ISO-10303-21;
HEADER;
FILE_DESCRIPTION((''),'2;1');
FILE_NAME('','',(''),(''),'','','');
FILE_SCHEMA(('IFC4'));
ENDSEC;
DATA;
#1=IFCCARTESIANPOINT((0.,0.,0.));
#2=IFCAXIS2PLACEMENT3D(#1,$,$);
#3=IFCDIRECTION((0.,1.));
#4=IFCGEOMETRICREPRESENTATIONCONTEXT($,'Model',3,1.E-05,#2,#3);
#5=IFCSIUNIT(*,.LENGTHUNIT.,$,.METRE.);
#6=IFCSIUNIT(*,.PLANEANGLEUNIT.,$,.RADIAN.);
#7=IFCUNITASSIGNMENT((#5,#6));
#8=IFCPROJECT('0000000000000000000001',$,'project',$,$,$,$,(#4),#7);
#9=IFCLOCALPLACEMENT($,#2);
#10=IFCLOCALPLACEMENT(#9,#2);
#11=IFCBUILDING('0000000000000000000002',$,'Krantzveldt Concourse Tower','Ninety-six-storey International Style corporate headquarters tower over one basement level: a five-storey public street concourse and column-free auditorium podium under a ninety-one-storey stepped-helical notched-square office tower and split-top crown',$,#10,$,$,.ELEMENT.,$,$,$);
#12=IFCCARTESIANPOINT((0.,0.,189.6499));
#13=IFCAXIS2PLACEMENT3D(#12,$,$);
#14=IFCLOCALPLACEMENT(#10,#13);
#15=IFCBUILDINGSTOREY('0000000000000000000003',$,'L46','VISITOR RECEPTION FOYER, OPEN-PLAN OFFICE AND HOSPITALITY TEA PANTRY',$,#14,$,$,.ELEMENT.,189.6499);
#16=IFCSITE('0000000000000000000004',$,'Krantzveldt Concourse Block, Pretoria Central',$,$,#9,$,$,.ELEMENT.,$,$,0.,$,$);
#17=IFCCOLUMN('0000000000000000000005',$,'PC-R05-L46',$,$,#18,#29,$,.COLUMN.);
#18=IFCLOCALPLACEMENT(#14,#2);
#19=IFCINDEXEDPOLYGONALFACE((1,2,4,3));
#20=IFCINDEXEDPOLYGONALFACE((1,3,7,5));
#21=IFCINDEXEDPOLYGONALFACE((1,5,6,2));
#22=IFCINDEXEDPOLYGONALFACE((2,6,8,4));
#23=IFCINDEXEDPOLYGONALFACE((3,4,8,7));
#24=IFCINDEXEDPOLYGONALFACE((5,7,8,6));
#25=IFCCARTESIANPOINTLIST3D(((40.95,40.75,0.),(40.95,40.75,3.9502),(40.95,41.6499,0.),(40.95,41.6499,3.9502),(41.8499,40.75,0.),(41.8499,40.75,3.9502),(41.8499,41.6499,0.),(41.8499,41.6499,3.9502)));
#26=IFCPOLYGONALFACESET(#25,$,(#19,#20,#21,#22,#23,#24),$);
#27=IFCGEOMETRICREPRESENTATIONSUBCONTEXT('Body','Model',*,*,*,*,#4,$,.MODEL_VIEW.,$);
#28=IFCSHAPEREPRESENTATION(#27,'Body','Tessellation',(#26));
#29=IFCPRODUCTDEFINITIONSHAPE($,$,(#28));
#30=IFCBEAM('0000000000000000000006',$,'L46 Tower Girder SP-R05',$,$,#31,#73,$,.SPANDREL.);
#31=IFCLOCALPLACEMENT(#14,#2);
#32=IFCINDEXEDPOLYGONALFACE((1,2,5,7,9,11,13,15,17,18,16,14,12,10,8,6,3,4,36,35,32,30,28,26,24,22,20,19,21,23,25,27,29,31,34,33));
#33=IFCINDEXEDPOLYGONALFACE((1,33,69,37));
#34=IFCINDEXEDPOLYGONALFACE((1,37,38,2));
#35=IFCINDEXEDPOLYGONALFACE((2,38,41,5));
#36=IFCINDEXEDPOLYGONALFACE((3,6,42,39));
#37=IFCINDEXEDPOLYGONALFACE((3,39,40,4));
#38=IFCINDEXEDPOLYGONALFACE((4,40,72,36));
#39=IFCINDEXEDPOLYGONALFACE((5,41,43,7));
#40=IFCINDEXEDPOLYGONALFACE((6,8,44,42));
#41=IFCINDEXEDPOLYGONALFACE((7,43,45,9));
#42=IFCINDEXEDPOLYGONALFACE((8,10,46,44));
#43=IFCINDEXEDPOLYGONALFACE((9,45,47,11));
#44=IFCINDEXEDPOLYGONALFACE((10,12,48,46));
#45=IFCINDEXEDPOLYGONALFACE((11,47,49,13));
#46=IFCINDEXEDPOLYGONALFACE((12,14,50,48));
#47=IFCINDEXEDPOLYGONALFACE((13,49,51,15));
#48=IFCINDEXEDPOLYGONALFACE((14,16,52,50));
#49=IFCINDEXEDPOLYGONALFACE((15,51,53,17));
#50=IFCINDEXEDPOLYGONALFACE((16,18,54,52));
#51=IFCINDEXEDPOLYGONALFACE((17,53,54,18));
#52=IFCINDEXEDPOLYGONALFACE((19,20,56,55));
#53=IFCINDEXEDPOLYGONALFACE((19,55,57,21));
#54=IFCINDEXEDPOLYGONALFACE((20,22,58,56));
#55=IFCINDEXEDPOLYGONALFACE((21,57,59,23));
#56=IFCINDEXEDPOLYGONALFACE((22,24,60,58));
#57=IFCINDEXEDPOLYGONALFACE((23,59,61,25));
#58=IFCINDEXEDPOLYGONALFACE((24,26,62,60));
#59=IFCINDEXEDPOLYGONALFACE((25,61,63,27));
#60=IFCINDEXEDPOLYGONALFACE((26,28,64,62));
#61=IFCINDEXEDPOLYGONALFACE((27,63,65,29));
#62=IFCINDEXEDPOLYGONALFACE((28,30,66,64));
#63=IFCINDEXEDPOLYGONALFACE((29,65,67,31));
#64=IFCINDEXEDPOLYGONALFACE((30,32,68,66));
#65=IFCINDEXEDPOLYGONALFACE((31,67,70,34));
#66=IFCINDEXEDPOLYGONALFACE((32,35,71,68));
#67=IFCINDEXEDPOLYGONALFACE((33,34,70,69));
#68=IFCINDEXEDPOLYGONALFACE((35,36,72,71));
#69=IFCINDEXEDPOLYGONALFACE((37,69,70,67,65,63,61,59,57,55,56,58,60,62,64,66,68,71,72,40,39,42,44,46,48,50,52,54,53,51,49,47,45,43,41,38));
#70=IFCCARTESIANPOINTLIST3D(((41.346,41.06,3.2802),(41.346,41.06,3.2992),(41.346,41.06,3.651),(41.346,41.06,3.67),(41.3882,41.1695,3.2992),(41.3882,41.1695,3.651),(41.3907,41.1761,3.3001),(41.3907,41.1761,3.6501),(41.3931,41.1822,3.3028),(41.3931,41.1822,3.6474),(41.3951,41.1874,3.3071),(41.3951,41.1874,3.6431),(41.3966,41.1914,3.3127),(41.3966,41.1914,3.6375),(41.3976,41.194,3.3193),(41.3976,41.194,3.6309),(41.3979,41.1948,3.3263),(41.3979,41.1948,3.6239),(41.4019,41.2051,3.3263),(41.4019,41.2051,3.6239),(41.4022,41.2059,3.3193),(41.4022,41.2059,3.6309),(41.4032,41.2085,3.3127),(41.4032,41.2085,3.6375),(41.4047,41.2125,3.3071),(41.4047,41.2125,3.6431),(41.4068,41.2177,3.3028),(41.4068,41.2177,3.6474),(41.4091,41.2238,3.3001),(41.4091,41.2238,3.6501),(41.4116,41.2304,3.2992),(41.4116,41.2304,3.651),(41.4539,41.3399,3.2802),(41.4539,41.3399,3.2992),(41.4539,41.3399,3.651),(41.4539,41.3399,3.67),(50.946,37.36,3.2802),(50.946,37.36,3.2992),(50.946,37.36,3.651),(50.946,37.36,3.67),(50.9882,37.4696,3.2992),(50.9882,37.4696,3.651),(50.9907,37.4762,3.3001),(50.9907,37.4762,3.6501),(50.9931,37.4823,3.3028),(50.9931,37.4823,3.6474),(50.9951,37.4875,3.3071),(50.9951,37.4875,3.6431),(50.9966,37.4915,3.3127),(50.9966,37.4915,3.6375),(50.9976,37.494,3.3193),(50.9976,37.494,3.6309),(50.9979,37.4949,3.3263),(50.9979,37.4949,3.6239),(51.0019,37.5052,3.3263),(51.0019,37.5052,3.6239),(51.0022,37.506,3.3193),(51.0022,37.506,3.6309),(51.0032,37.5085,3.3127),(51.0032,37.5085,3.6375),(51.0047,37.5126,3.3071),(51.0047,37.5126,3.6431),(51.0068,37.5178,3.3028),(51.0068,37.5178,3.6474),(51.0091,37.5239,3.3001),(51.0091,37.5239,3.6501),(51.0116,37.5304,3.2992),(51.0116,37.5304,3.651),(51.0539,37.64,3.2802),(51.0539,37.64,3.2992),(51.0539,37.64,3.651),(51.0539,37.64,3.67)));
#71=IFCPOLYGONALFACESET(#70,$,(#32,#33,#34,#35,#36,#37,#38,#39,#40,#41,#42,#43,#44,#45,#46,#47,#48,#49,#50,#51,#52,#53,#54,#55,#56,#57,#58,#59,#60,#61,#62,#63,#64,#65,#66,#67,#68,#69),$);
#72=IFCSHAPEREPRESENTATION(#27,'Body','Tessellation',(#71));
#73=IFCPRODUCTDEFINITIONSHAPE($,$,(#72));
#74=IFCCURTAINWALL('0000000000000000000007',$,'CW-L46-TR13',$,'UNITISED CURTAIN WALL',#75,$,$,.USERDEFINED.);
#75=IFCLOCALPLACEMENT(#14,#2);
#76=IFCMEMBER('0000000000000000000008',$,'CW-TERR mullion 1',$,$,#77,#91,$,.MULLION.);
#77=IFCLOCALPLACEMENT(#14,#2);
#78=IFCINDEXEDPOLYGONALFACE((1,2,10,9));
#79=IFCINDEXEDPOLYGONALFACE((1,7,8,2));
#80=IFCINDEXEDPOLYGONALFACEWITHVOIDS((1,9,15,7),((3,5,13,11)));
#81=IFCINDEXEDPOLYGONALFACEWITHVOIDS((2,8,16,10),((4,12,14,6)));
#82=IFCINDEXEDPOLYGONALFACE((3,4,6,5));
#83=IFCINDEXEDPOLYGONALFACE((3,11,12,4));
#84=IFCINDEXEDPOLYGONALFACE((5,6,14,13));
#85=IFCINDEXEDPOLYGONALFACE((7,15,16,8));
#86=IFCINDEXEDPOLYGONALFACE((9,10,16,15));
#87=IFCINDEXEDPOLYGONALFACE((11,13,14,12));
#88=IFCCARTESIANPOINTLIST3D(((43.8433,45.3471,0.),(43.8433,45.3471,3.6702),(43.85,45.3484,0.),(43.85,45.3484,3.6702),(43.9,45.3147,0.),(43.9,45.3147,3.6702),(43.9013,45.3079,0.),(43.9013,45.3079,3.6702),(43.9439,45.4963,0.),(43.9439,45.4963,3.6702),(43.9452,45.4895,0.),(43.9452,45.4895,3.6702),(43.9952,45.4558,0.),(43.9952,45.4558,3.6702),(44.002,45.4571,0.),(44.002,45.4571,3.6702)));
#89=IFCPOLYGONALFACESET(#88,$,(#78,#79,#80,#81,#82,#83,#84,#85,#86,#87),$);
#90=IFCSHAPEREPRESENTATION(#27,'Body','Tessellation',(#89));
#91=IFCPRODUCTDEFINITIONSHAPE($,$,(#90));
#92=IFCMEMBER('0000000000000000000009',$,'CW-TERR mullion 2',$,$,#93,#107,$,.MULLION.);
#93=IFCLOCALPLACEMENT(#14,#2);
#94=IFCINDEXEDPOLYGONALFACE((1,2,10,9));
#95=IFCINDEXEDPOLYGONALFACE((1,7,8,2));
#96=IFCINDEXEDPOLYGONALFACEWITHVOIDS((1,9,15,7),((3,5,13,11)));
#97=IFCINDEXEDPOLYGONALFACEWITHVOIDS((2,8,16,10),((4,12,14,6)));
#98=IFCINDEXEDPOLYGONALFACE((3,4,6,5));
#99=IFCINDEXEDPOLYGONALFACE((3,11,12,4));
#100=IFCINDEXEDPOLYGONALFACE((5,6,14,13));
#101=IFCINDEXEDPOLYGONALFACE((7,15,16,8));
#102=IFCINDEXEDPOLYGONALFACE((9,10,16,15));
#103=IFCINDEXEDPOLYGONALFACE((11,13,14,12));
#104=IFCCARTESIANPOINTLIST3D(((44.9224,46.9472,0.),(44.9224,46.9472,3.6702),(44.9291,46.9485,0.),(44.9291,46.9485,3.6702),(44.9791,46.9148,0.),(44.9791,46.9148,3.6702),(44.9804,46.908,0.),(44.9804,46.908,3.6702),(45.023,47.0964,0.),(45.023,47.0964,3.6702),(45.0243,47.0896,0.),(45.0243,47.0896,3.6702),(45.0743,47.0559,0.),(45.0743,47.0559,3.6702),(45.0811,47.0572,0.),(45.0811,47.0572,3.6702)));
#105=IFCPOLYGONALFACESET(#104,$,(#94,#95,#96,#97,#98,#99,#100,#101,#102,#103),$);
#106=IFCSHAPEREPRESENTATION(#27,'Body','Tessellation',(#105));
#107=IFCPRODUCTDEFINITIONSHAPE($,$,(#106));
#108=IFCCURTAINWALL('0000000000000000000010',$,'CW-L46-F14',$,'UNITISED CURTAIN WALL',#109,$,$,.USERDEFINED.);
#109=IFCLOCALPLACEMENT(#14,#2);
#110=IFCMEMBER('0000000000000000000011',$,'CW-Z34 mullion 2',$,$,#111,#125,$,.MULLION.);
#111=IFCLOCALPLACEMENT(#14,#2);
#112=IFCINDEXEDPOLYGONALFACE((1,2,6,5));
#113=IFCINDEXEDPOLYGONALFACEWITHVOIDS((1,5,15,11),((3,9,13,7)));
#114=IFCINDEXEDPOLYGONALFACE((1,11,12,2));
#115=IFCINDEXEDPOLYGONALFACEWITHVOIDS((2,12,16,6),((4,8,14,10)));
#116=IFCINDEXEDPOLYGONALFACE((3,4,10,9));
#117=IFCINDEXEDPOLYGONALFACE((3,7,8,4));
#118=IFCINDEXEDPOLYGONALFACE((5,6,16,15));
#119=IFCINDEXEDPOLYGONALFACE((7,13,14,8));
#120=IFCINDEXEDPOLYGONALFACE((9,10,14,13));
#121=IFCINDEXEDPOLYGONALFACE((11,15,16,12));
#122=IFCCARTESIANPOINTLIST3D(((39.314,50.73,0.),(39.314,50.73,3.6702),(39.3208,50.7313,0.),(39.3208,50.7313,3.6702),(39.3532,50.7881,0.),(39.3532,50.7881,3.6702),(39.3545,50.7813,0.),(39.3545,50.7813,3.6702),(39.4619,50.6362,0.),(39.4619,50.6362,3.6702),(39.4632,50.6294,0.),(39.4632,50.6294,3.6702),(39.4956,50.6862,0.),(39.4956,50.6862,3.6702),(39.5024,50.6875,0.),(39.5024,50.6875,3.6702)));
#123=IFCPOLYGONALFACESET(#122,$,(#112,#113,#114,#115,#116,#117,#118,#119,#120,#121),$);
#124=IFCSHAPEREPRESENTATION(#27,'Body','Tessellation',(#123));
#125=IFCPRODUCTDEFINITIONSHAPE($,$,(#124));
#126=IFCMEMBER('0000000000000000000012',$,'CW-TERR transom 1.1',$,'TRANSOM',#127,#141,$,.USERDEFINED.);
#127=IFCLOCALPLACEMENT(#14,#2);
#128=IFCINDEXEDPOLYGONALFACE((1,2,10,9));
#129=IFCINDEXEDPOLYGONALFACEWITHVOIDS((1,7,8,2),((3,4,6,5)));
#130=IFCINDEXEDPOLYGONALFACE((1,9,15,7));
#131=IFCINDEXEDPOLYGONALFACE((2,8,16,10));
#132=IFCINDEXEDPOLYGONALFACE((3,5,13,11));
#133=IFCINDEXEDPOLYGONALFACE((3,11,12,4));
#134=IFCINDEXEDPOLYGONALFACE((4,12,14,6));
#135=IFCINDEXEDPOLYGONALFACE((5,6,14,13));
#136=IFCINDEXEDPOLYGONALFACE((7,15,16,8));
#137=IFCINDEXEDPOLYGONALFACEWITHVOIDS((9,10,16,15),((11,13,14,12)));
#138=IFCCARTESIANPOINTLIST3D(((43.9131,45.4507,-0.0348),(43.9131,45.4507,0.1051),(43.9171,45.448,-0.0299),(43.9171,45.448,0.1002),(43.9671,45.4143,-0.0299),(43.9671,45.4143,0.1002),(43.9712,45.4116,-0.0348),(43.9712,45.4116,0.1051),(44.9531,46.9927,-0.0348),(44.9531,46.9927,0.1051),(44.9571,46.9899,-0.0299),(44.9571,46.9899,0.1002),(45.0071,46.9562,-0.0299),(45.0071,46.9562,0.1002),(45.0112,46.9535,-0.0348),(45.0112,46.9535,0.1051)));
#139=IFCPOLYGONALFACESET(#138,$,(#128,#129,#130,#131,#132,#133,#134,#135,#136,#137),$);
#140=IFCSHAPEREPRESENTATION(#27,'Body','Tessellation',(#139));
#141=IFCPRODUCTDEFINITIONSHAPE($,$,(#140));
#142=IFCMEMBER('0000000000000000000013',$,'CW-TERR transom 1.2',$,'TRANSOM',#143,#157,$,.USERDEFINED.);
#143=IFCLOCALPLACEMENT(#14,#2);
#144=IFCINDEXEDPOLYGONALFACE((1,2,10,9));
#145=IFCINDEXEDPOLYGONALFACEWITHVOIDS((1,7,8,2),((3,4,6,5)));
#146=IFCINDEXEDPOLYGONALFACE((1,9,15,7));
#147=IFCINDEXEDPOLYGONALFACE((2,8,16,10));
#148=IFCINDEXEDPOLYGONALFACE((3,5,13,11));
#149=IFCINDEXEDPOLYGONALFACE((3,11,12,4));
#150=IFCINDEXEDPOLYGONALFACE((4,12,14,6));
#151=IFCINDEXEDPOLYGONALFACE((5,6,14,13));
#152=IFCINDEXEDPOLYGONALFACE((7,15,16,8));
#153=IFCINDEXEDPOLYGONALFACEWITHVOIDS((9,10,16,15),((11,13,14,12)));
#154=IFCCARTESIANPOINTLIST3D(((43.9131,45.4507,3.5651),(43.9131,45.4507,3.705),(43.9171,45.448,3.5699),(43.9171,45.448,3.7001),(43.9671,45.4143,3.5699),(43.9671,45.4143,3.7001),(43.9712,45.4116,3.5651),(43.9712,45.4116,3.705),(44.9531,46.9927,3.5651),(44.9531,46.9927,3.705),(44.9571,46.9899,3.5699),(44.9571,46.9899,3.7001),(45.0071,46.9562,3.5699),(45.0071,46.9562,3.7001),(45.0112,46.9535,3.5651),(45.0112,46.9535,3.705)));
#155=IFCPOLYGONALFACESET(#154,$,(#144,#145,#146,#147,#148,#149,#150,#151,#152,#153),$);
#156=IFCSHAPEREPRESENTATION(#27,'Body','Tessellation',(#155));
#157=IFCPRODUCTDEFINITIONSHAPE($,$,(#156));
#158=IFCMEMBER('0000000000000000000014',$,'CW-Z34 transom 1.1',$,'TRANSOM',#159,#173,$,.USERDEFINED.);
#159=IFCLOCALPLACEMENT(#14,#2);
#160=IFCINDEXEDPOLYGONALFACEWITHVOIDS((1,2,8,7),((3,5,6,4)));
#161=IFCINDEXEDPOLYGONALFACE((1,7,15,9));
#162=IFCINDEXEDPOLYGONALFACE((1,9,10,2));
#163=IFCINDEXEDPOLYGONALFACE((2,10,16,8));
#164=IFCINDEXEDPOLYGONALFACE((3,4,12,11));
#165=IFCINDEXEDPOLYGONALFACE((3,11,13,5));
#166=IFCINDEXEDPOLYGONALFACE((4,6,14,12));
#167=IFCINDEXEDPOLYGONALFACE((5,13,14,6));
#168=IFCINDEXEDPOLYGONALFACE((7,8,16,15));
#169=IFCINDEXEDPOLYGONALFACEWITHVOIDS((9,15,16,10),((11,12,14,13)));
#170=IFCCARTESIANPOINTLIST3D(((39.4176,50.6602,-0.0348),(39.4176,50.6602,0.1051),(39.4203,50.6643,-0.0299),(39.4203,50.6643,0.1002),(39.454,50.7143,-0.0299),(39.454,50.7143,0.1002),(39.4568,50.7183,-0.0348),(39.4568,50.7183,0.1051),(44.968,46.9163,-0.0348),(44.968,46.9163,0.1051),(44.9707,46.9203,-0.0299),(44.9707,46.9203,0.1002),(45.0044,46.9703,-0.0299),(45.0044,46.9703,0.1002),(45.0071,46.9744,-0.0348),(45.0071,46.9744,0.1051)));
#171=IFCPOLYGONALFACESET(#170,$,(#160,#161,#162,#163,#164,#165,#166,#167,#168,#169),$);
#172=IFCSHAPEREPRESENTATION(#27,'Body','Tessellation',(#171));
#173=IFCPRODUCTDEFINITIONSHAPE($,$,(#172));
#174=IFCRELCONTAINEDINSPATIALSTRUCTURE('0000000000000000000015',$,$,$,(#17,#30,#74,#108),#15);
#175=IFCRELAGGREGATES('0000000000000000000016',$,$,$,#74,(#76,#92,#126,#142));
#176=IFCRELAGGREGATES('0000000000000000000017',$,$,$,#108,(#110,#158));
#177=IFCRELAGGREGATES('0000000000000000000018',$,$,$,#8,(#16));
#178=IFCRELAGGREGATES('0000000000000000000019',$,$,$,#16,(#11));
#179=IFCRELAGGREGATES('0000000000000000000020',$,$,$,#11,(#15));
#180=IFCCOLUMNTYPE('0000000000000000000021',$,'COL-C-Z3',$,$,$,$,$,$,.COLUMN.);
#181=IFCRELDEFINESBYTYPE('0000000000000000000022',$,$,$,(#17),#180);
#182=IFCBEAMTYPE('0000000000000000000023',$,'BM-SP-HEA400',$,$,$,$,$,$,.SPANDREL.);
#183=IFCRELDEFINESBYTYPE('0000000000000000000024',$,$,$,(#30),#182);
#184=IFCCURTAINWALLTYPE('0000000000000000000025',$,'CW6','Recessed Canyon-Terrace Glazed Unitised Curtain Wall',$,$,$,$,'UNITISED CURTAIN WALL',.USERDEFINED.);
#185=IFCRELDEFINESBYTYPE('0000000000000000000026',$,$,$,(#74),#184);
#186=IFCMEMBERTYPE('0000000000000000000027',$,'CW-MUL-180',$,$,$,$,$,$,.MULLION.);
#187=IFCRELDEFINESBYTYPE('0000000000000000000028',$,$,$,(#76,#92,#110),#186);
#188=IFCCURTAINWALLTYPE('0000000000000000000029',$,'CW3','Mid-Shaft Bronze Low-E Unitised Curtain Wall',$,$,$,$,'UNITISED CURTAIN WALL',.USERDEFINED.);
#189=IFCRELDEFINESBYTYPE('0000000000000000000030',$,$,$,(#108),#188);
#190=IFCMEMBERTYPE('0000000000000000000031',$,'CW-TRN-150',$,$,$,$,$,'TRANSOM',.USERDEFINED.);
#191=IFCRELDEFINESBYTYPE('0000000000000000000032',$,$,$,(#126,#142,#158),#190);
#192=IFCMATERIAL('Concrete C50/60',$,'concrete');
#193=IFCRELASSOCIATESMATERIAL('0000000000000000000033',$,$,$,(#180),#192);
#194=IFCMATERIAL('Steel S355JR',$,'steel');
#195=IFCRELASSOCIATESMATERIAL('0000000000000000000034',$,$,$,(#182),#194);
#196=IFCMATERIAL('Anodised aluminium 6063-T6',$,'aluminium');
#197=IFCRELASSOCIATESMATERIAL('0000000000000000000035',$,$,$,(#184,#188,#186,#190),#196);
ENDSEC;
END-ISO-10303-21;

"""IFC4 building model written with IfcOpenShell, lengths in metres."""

from ifc_helpers import new_model, si_unit, direction, frame, origin, origin_2d, place, context, subcontext, project, spatial, rectangle, hollow_rectangle, i_section, extrude, source, transform, mapped, material, material_profile, profile_set, type_object, type_shapes, element, aggregate, save


model = new_model("IFC4")

# Units and contexts
model_context = context("Model", 3, precision=1e-05, world=origin(), true_north=direction((0.0, 1.0)))
body_context = subcontext(model_context, "Body", "Model", "MODEL_VIEW")
ifc_project = project(units=[si_unit("LENGTHUNIT", "METRE"), si_unit("PLANEANGLEUNIT", "RADIAN")], contexts=[model_context])

# Site, building, storey
site_placement = place(None, origin())
site = spatial("IfcSite", under=ifc_project, at=site_placement, Name="Krantzveldt Concourse Block, Pretoria Central", CompositionType="ELEMENT", RefElevation=0.0)
building_placement = place(site_placement, origin())
building = spatial("IfcBuilding", under=site, at=building_placement, Name="Krantzveldt Concourse Tower", Description="Ninety-six-storey International Style corporate headquarters tower over one basement level: a five-storey public street concourse and column-free auditorium podium under a ninety-one-storey stepped-helical notched-square office tower and split-top crown", CompositionType="ELEMENT")
storey_placement = place(building_placement, frame((0.0, 0.0, 189.6499)))
storey = spatial("IfcBuildingStorey", under=building, at=storey_placement, Name="L46", Description="VISITOR RECEPTION FOYER, OPEN-PLAN OFFICE AND HOSPITALITY TEA PANTRY", CompositionType="ELEMENT", Elevation=189.6499)

# Column
ifc_material_1 = material(Name="Concrete C50/60", Category="concrete")
ifc_material_profile_1 = material_profile(ifc_material_1, rectangle(XDim=0.8999, YDim=0.8999, at=origin_2d()), Name="Concrete C50/60", Category="concrete")
ifc_profile_set_1 = profile_set([ifc_material_profile_1], Name="Concrete C50/60 - RC 900x900")
column_type = type_object("IfcColumnType", Name="COL-C-Z3", PredefinedType="COLUMN", material=ifc_profile_set_1)
shared_shape_1 = source(origin(), body_context, "Body", "SweptSolid", [
    extrude(rectangle(XDim=0.8999, YDim=0.8999, at=origin_2d()), origin(), (0.0, 0.0, 1.0), 3.9502),
])
type_shapes(column_type, [shared_shape_1])
column_placement = place(storey_placement, frame((41.3999, 41.2, 0.0), z_axis=(0.0, 0.0, 1.0), x_axis=(1.0, 0.0, 0.0)))
element("IfcColumn", 1, at=column_placement, inside=storey, type_object=column_type, Name="PC-R05-L46", PredefinedType="COLUMN", context=body_context, shape_type="MappedRepresentation", body=[
    mapped(shared_shape_1, transform((0.0, 0.0, 0.0), x_axis=(1.0, 0.0, 0.0), y_axis=(0.0, 1.0, 0.0), z_axis=(0.0, 0.0, 1.0), scale=1.0)),
])

# Beam
ifc_material_2 = material(Name="Steel S355JR", Category="steel")
ifc_material_profile_2 = material_profile(ifc_material_2, i_section(OverallWidth=0.3, OverallDepth=0.3899, WebThickness=0.011, FlangeThickness=0.019, FilletRadius=0.0271, at=origin_2d()), Name="Steel S355JR", Category="steel")
ifc_profile_set_2 = profile_set([ifc_material_profile_2], Name="Steel S355JR - HEA 400")
beam_type = type_object("IfcBeamType", Name="BM-SP-HEA400", PredefinedType="SPANDREL", material=ifc_profile_set_2)
shared_shape_2 = source(origin(), body_context, "Body", "SweptSolid", [
    extrude(i_section(OverallWidth=0.3, OverallDepth=0.3899, WebThickness=0.011, FlangeThickness=0.019, FilletRadius=0.0271, at=origin_2d()), origin(), (0.0, 0.0, 1.0), 10.2883),
])
type_shapes(beam_type, [shared_shape_2])
beam_placement = place(storey_placement, frame((41.3999, 41.2, 3.4751), z_axis=(0.933098, -0.359623, 0.0), x_axis=(0.359623, 0.933098, 0.0)))
element("IfcBeam", 2, at=beam_placement, inside=storey, type_object=beam_type, Name="L46 Tower Girder SP-R05", PredefinedType="SPANDREL", context=body_context, shape_type="MappedRepresentation", body=[
    mapped(shared_shape_2, transform((0.0, 0.0, 0.0), x_axis=(1.0, 0.0, 0.0), y_axis=(0.0, 1.0, 0.0), z_axis=(0.0, 0.0, 1.0), scale=1.0)),
])

# Curtain wall, members
ifc_material_3 = material(Name="Anodised aluminium 6063-T6", Category="aluminium")
curtain_wall_type_1 = type_object("IfcCurtainWallType", Name="CW6", Description="Recessed Canyon-Terrace Glazed Unitised Curtain Wall", ElementType="UNITISED CURTAIN WALL", PredefinedType="USERDEFINED", material=ifc_material_3)
curtain_wall_1_placement = place(storey_placement, origin())
curtain_wall_1 = element("IfcCurtainWall", 3, at=curtain_wall_1_placement, inside=storey, type_object=curtain_wall_type_1, Name="CW-L46-TR13", ObjectType="UNITISED CURTAIN WALL", PredefinedType="USERDEFINED")
ifc_material_profile_3 = material_profile(ifc_material_3, hollow_rectangle(XDim=0.0701, YDim=0.1799, WallThickness=0.0049, at=origin_2d()), Name="Anodised aluminium 6063-T6", Category="aluminium")
ifc_profile_set_3 = profile_set([ifc_material_profile_3], Name="Anodised aluminium 6063-T6 - ALU-MULL 180x70x5")
member_type_1 = type_object("IfcMemberType", Name="CW-MUL-180", PredefinedType="MULLION", material=ifc_profile_set_3)
shared_shape_3 = source(origin(), body_context, "Body", "SweptSolid", [
    extrude(hollow_rectangle(XDim=0.0701, YDim=0.1799, WallThickness=0.0049, at=origin_2d()), origin(), (0.0, 0.0, 1.0), 3.6702),
])
type_shapes(member_type_1, [shared_shape_3])
member_1_placement = place(storey_placement, frame((43.9226, 45.4021, 0.0), z_axis=(0.0, 0.0, 1.0), x_axis=(-0.82904, 0.55919, 0.0)))
member_1 = element("IfcMember", 4, at=member_1_placement, type_object=member_type_1, Name="CW-TERR mullion 1", PredefinedType="MULLION", context=body_context, shape_type="MappedRepresentation", body=[
    mapped(shared_shape_3, transform((0.0, 0.0, 0.0), x_axis=(1.0, 0.0, 0.0), y_axis=(0.0, 1.0, 0.0), z_axis=(0.0, 0.0, 1.0), scale=1.0)),
])
member_2_placement = place(storey_placement, frame((45.0017, 47.0022, 0.0), z_axis=(0.0, 0.0, 1.0), x_axis=(-0.82904, 0.55919, 0.0)))
member_2 = element("IfcMember", 5, at=member_2_placement, type_object=member_type_1, Name="CW-TERR mullion 2", PredefinedType="MULLION", context=body_context, shape_type="MappedRepresentation", body=[
    mapped(shared_shape_3, transform((0.0, 0.0, 0.0), x_axis=(1.0, 0.0, 0.0), y_axis=(0.0, 1.0, 0.0), z_axis=(0.0, 0.0, 1.0), scale=1.0)),
])

# Curtain wall, member
curtain_wall_type_2 = type_object("IfcCurtainWallType", Name="CW3", Description="Mid-Shaft Bronze Low-E Unitised Curtain Wall", ElementType="UNITISED CURTAIN WALL", PredefinedType="USERDEFINED", material=ifc_material_3)
curtain_wall_2_placement = place(storey_placement, origin())
curtain_wall_2 = element("IfcCurtainWall", 6, at=curtain_wall_2_placement, inside=storey, type_object=curtain_wall_type_2, Name="CW-L46-F14", ObjectType="UNITISED CURTAIN WALL", PredefinedType="USERDEFINED")
member_3_placement = place(storey_placement, frame((39.4082, 50.7087, 0.0), z_axis=(0.0, 0.0, 1.0), x_axis=(-0.559193, -0.829038, 0.0)))
member_3 = element("IfcMember", 7, at=member_3_placement, type_object=member_type_1, Name="CW-Z34 mullion 2", PredefinedType="MULLION", context=body_context, shape_type="MappedRepresentation", body=[
    mapped(shared_shape_3, transform((0.0, 0.0, 0.0), x_axis=(1.0, 0.0, 0.0), y_axis=(0.0, 1.0, 0.0), z_axis=(0.0, 0.0, 1.0), scale=1.0)),
])

# Members
ifc_material_profile_4 = material_profile(ifc_material_3, hollow_rectangle(XDim=0.0701, YDim=0.1399, WallThickness=0.0049, at=origin_2d()), Name="Anodised aluminium 6063-T6", Category="aluminium")
ifc_profile_set_4 = profile_set([ifc_material_profile_4], Name="Anodised aluminium 6063-T6 - ALU-TRAN 140x70x5")
member_type_2 = type_object("IfcMemberType", Name="CW-TRN-150", ElementType="TRANSOM", PredefinedType="USERDEFINED", material=ifc_profile_set_4)
shared_shape_4 = source(origin(), body_context, "Body", "SweptSolid", [
    extrude(hollow_rectangle(XDim=0.0701, YDim=0.1399, WallThickness=0.0049, at=origin_2d()), origin(), (0.0, 0.0, 1.0), 1.8599),
])
member_4_placement = place(storey_placement, frame((43.9421, 45.4312, 0.0352), z_axis=(0.559175, 0.829049, 0.0), x_axis=(-0.829049, 0.559175, 0.0)))
member_4 = element("IfcMember", 8, at=member_4_placement, type_object=member_type_2, Name="CW-TERR transom 1.1", ObjectType="TRANSOM", PredefinedType="USERDEFINED", context=body_context, shape_type="MappedRepresentation", body=[
    mapped(shared_shape_4, transform((0.0, 0.0, 0.0), x_axis=(1.0, 0.0, 0.0), y_axis=(0.0, 1.0, 0.0), z_axis=(0.0, 0.0, 1.0), scale=1.0)),
])
member_5_placement = place(storey_placement, frame((43.9421, 45.4312, 3.635), z_axis=(0.559175, 0.829049, 0.0), x_axis=(-0.829049, 0.559175, 0.0)))
member_5 = element("IfcMember", 9, at=member_5_placement, type_object=member_type_2, Name="CW-TERR transom 1.2", ObjectType="TRANSOM", PredefinedType="USERDEFINED", context=body_context, shape_type="MappedRepresentation", body=[
    mapped(shared_shape_4, transform((0.0, 0.0, 0.0), x_axis=(1.0, 0.0, 0.0), y_axis=(0.0, 1.0, 0.0), z_axis=(0.0, 0.0, 1.0), scale=1.0)),
])
shared_shape_5 = source(origin(), body_context, "Body", "SweptSolid", [
    extrude(hollow_rectangle(XDim=0.0701, YDim=0.1399, WallThickness=0.0049, at=origin_2d()), origin(), (0.0, 0.0, 1.0), 6.6951),
])
type_shapes(member_type_2, [shared_shape_4, shared_shape_5])
member_6_placement = place(storey_placement, frame((44.9875, 46.9453, 0.0352), z_axis=(-0.829025, 0.559211, 0.0), x_axis=(-0.559211, -0.829025, 0.0)))
member_6 = element("IfcMember", 10, at=member_6_placement, type_object=member_type_2, Name="CW-Z34 transom 1.1", ObjectType="TRANSOM", PredefinedType="USERDEFINED", context=body_context, shape_type="MappedRepresentation", body=[
    mapped(shared_shape_5, transform((0.0, 0.0, 0.0), x_axis=(1.0, 0.0, 0.0), y_axis=(0.0, 1.0, 0.0), z_axis=(0.0, 0.0, 1.0), scale=1.0)),
])

aggregate(curtain_wall_1, [member_1, member_2, member_4, member_5])
aggregate(curtain_wall_2, [member_3, member_6])

save(model, "model.ifc")
